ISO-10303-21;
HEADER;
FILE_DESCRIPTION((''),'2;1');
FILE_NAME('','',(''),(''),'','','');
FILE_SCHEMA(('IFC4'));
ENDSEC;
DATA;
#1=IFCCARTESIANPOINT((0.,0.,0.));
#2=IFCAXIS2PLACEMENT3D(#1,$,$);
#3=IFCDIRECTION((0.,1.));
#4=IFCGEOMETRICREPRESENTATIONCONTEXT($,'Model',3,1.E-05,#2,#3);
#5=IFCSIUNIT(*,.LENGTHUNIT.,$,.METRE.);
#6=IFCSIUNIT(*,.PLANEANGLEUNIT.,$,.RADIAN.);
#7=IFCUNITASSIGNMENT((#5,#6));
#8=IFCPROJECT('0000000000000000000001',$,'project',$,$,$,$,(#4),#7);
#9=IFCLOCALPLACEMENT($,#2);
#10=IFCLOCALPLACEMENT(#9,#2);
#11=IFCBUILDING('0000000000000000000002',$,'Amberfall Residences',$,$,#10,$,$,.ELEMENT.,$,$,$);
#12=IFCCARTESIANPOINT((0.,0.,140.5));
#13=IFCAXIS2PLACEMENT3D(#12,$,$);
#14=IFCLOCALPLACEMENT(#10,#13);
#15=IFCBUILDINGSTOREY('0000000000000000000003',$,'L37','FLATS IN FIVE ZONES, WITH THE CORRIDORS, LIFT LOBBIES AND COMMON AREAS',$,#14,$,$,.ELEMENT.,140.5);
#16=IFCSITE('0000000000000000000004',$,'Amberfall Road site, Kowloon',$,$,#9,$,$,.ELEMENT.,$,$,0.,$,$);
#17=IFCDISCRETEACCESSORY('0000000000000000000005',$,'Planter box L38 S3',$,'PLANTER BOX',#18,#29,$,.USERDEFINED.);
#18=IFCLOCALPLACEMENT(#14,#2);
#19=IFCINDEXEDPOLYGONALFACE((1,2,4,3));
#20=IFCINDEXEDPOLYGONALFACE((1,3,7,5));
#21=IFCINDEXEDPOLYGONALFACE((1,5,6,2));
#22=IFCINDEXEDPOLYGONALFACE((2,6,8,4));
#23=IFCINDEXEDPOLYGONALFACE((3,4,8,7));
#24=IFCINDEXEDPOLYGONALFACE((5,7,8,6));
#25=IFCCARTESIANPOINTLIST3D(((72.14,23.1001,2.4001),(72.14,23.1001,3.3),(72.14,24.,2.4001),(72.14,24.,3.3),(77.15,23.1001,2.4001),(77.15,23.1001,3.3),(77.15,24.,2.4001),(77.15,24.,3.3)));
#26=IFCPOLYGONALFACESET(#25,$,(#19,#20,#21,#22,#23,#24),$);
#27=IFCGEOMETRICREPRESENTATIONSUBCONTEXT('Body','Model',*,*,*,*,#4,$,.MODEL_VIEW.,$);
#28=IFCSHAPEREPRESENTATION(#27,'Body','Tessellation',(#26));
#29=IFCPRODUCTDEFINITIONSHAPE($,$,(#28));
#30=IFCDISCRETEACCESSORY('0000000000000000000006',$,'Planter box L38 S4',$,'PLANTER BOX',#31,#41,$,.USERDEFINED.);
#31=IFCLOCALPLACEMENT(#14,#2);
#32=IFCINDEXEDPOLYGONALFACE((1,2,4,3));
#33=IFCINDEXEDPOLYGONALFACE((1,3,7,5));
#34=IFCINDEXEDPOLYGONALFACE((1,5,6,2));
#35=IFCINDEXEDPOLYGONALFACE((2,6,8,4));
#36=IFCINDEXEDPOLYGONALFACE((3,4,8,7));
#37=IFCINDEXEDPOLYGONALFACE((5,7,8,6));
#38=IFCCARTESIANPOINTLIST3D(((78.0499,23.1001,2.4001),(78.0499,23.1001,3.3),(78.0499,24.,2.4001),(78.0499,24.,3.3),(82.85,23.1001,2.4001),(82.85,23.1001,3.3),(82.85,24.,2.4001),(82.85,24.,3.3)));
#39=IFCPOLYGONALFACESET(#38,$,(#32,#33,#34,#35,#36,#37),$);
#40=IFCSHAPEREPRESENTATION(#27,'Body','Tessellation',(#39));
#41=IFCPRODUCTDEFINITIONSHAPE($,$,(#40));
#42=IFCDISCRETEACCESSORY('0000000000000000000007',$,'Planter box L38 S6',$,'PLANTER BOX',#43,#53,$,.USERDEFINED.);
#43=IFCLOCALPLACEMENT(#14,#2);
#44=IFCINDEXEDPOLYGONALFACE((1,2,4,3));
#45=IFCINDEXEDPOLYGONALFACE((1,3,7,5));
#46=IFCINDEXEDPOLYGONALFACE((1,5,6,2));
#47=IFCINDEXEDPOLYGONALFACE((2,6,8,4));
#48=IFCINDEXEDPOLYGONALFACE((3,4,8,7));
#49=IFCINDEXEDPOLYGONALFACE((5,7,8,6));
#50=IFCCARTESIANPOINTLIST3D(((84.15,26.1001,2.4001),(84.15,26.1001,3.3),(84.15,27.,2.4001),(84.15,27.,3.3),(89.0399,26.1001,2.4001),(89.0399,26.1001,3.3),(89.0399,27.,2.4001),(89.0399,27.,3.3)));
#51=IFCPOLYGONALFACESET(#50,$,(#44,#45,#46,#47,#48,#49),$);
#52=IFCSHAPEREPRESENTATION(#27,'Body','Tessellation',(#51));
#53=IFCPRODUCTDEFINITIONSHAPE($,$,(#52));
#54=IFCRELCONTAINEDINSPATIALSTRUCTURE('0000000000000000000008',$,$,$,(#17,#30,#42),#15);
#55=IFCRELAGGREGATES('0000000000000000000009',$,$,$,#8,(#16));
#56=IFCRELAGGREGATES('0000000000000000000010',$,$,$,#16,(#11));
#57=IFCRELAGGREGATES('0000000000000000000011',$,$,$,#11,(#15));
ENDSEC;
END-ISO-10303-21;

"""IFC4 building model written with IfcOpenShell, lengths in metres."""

from ifc_helpers import new_model, si_unit, direction, frame, origin, origin_2d, place, context, subcontext, project, spatial, rectangle, extrude, element, save


model = new_model("IFC4")

# Units and contexts
model_context = context("Model", 3, precision=1e-05, world=origin(), true_north=direction((0.0, 1.0)))
body_context = subcontext(model_context, "Body", "Model", "MODEL_VIEW")
ifc_project = project(units=[si_unit("LENGTHUNIT", "METRE"), si_unit("PLANEANGLEUNIT", "RADIAN")], contexts=[model_context])

# Site, building, storey
site_placement = place(None, origin())
site = spatial("IfcSite", under=ifc_project, at=site_placement, Name="Amberfall Road site, Kowloon", CompositionType="ELEMENT", RefElevation=0.0)
building_placement = place(site_placement, origin())
building = spatial("IfcBuilding", under=site, at=building_placement, Name="Amberfall Residences", CompositionType="ELEMENT")
storey_placement = place(building_placement, frame((0.0, 0.0, 140.5)))
storey = spatial("IfcBuildingStorey", under=building, at=storey_placement, Name="L37", Description="FLATS IN FIVE ZONES, WITH THE CORRIDORS, LIFT LOBBIES AND COMMON AREAS", CompositionType="ELEMENT", Elevation=140.5)

# Discrete accessories
discrete_accessory_1_placement = place(storey_placement, frame((74.645, 23.55, 2.4001), z_axis=(0.0, 0.0, 1.0), x_axis=(1.0, 0.0, 0.0)))
element("IfcDiscreteAccessory", 1, at=discrete_accessory_1_placement, inside=storey, Name="Planter box L38 S3", ObjectType="PLANTER BOX", PredefinedType="USERDEFINED", context=body_context, shape_type="SweptSolid", body=[
    extrude(rectangle(XDim=5.01, YDim=0.8999, at=origin_2d()), origin(), (0.0, 0.0, 1.0), 0.8999),
])
discrete_accessory_2_placement = place(storey_placement, frame((80.45, 23.55, 2.4001), z_axis=(0.0, 0.0, 1.0), x_axis=(1.0, 0.0, 0.0)))
element("IfcDiscreteAccessory", 2, at=discrete_accessory_2_placement, inside=storey, Name="Planter box L38 S4", ObjectType="PLANTER BOX", PredefinedType="USERDEFINED", context=body_context, shape_type="SweptSolid", body=[
    extrude(rectangle(XDim=4.8, YDim=0.8999, at=origin_2d()), origin(), (0.0, 0.0, 1.0), 0.8999),
])
discrete_accessory_3_placement = place(storey_placement, frame((86.595, 26.55, 2.4001), z_axis=(0.0, 0.0, 1.0), x_axis=(1.0, 0.0, 0.0)))
element("IfcDiscreteAccessory", 3, at=discrete_accessory_3_placement, inside=storey, Name="Planter box L38 S6", ObjectType="PLANTER BOX", PredefinedType="USERDEFINED", context=body_context, shape_type="SweptSolid", body=[
    extrude(rectangle(XDim=4.8899, YDim=0.8999, at=origin_2d()), origin(), (0.0, 0.0, 1.0), 0.8999),
])

save(model, "model.ifc")
